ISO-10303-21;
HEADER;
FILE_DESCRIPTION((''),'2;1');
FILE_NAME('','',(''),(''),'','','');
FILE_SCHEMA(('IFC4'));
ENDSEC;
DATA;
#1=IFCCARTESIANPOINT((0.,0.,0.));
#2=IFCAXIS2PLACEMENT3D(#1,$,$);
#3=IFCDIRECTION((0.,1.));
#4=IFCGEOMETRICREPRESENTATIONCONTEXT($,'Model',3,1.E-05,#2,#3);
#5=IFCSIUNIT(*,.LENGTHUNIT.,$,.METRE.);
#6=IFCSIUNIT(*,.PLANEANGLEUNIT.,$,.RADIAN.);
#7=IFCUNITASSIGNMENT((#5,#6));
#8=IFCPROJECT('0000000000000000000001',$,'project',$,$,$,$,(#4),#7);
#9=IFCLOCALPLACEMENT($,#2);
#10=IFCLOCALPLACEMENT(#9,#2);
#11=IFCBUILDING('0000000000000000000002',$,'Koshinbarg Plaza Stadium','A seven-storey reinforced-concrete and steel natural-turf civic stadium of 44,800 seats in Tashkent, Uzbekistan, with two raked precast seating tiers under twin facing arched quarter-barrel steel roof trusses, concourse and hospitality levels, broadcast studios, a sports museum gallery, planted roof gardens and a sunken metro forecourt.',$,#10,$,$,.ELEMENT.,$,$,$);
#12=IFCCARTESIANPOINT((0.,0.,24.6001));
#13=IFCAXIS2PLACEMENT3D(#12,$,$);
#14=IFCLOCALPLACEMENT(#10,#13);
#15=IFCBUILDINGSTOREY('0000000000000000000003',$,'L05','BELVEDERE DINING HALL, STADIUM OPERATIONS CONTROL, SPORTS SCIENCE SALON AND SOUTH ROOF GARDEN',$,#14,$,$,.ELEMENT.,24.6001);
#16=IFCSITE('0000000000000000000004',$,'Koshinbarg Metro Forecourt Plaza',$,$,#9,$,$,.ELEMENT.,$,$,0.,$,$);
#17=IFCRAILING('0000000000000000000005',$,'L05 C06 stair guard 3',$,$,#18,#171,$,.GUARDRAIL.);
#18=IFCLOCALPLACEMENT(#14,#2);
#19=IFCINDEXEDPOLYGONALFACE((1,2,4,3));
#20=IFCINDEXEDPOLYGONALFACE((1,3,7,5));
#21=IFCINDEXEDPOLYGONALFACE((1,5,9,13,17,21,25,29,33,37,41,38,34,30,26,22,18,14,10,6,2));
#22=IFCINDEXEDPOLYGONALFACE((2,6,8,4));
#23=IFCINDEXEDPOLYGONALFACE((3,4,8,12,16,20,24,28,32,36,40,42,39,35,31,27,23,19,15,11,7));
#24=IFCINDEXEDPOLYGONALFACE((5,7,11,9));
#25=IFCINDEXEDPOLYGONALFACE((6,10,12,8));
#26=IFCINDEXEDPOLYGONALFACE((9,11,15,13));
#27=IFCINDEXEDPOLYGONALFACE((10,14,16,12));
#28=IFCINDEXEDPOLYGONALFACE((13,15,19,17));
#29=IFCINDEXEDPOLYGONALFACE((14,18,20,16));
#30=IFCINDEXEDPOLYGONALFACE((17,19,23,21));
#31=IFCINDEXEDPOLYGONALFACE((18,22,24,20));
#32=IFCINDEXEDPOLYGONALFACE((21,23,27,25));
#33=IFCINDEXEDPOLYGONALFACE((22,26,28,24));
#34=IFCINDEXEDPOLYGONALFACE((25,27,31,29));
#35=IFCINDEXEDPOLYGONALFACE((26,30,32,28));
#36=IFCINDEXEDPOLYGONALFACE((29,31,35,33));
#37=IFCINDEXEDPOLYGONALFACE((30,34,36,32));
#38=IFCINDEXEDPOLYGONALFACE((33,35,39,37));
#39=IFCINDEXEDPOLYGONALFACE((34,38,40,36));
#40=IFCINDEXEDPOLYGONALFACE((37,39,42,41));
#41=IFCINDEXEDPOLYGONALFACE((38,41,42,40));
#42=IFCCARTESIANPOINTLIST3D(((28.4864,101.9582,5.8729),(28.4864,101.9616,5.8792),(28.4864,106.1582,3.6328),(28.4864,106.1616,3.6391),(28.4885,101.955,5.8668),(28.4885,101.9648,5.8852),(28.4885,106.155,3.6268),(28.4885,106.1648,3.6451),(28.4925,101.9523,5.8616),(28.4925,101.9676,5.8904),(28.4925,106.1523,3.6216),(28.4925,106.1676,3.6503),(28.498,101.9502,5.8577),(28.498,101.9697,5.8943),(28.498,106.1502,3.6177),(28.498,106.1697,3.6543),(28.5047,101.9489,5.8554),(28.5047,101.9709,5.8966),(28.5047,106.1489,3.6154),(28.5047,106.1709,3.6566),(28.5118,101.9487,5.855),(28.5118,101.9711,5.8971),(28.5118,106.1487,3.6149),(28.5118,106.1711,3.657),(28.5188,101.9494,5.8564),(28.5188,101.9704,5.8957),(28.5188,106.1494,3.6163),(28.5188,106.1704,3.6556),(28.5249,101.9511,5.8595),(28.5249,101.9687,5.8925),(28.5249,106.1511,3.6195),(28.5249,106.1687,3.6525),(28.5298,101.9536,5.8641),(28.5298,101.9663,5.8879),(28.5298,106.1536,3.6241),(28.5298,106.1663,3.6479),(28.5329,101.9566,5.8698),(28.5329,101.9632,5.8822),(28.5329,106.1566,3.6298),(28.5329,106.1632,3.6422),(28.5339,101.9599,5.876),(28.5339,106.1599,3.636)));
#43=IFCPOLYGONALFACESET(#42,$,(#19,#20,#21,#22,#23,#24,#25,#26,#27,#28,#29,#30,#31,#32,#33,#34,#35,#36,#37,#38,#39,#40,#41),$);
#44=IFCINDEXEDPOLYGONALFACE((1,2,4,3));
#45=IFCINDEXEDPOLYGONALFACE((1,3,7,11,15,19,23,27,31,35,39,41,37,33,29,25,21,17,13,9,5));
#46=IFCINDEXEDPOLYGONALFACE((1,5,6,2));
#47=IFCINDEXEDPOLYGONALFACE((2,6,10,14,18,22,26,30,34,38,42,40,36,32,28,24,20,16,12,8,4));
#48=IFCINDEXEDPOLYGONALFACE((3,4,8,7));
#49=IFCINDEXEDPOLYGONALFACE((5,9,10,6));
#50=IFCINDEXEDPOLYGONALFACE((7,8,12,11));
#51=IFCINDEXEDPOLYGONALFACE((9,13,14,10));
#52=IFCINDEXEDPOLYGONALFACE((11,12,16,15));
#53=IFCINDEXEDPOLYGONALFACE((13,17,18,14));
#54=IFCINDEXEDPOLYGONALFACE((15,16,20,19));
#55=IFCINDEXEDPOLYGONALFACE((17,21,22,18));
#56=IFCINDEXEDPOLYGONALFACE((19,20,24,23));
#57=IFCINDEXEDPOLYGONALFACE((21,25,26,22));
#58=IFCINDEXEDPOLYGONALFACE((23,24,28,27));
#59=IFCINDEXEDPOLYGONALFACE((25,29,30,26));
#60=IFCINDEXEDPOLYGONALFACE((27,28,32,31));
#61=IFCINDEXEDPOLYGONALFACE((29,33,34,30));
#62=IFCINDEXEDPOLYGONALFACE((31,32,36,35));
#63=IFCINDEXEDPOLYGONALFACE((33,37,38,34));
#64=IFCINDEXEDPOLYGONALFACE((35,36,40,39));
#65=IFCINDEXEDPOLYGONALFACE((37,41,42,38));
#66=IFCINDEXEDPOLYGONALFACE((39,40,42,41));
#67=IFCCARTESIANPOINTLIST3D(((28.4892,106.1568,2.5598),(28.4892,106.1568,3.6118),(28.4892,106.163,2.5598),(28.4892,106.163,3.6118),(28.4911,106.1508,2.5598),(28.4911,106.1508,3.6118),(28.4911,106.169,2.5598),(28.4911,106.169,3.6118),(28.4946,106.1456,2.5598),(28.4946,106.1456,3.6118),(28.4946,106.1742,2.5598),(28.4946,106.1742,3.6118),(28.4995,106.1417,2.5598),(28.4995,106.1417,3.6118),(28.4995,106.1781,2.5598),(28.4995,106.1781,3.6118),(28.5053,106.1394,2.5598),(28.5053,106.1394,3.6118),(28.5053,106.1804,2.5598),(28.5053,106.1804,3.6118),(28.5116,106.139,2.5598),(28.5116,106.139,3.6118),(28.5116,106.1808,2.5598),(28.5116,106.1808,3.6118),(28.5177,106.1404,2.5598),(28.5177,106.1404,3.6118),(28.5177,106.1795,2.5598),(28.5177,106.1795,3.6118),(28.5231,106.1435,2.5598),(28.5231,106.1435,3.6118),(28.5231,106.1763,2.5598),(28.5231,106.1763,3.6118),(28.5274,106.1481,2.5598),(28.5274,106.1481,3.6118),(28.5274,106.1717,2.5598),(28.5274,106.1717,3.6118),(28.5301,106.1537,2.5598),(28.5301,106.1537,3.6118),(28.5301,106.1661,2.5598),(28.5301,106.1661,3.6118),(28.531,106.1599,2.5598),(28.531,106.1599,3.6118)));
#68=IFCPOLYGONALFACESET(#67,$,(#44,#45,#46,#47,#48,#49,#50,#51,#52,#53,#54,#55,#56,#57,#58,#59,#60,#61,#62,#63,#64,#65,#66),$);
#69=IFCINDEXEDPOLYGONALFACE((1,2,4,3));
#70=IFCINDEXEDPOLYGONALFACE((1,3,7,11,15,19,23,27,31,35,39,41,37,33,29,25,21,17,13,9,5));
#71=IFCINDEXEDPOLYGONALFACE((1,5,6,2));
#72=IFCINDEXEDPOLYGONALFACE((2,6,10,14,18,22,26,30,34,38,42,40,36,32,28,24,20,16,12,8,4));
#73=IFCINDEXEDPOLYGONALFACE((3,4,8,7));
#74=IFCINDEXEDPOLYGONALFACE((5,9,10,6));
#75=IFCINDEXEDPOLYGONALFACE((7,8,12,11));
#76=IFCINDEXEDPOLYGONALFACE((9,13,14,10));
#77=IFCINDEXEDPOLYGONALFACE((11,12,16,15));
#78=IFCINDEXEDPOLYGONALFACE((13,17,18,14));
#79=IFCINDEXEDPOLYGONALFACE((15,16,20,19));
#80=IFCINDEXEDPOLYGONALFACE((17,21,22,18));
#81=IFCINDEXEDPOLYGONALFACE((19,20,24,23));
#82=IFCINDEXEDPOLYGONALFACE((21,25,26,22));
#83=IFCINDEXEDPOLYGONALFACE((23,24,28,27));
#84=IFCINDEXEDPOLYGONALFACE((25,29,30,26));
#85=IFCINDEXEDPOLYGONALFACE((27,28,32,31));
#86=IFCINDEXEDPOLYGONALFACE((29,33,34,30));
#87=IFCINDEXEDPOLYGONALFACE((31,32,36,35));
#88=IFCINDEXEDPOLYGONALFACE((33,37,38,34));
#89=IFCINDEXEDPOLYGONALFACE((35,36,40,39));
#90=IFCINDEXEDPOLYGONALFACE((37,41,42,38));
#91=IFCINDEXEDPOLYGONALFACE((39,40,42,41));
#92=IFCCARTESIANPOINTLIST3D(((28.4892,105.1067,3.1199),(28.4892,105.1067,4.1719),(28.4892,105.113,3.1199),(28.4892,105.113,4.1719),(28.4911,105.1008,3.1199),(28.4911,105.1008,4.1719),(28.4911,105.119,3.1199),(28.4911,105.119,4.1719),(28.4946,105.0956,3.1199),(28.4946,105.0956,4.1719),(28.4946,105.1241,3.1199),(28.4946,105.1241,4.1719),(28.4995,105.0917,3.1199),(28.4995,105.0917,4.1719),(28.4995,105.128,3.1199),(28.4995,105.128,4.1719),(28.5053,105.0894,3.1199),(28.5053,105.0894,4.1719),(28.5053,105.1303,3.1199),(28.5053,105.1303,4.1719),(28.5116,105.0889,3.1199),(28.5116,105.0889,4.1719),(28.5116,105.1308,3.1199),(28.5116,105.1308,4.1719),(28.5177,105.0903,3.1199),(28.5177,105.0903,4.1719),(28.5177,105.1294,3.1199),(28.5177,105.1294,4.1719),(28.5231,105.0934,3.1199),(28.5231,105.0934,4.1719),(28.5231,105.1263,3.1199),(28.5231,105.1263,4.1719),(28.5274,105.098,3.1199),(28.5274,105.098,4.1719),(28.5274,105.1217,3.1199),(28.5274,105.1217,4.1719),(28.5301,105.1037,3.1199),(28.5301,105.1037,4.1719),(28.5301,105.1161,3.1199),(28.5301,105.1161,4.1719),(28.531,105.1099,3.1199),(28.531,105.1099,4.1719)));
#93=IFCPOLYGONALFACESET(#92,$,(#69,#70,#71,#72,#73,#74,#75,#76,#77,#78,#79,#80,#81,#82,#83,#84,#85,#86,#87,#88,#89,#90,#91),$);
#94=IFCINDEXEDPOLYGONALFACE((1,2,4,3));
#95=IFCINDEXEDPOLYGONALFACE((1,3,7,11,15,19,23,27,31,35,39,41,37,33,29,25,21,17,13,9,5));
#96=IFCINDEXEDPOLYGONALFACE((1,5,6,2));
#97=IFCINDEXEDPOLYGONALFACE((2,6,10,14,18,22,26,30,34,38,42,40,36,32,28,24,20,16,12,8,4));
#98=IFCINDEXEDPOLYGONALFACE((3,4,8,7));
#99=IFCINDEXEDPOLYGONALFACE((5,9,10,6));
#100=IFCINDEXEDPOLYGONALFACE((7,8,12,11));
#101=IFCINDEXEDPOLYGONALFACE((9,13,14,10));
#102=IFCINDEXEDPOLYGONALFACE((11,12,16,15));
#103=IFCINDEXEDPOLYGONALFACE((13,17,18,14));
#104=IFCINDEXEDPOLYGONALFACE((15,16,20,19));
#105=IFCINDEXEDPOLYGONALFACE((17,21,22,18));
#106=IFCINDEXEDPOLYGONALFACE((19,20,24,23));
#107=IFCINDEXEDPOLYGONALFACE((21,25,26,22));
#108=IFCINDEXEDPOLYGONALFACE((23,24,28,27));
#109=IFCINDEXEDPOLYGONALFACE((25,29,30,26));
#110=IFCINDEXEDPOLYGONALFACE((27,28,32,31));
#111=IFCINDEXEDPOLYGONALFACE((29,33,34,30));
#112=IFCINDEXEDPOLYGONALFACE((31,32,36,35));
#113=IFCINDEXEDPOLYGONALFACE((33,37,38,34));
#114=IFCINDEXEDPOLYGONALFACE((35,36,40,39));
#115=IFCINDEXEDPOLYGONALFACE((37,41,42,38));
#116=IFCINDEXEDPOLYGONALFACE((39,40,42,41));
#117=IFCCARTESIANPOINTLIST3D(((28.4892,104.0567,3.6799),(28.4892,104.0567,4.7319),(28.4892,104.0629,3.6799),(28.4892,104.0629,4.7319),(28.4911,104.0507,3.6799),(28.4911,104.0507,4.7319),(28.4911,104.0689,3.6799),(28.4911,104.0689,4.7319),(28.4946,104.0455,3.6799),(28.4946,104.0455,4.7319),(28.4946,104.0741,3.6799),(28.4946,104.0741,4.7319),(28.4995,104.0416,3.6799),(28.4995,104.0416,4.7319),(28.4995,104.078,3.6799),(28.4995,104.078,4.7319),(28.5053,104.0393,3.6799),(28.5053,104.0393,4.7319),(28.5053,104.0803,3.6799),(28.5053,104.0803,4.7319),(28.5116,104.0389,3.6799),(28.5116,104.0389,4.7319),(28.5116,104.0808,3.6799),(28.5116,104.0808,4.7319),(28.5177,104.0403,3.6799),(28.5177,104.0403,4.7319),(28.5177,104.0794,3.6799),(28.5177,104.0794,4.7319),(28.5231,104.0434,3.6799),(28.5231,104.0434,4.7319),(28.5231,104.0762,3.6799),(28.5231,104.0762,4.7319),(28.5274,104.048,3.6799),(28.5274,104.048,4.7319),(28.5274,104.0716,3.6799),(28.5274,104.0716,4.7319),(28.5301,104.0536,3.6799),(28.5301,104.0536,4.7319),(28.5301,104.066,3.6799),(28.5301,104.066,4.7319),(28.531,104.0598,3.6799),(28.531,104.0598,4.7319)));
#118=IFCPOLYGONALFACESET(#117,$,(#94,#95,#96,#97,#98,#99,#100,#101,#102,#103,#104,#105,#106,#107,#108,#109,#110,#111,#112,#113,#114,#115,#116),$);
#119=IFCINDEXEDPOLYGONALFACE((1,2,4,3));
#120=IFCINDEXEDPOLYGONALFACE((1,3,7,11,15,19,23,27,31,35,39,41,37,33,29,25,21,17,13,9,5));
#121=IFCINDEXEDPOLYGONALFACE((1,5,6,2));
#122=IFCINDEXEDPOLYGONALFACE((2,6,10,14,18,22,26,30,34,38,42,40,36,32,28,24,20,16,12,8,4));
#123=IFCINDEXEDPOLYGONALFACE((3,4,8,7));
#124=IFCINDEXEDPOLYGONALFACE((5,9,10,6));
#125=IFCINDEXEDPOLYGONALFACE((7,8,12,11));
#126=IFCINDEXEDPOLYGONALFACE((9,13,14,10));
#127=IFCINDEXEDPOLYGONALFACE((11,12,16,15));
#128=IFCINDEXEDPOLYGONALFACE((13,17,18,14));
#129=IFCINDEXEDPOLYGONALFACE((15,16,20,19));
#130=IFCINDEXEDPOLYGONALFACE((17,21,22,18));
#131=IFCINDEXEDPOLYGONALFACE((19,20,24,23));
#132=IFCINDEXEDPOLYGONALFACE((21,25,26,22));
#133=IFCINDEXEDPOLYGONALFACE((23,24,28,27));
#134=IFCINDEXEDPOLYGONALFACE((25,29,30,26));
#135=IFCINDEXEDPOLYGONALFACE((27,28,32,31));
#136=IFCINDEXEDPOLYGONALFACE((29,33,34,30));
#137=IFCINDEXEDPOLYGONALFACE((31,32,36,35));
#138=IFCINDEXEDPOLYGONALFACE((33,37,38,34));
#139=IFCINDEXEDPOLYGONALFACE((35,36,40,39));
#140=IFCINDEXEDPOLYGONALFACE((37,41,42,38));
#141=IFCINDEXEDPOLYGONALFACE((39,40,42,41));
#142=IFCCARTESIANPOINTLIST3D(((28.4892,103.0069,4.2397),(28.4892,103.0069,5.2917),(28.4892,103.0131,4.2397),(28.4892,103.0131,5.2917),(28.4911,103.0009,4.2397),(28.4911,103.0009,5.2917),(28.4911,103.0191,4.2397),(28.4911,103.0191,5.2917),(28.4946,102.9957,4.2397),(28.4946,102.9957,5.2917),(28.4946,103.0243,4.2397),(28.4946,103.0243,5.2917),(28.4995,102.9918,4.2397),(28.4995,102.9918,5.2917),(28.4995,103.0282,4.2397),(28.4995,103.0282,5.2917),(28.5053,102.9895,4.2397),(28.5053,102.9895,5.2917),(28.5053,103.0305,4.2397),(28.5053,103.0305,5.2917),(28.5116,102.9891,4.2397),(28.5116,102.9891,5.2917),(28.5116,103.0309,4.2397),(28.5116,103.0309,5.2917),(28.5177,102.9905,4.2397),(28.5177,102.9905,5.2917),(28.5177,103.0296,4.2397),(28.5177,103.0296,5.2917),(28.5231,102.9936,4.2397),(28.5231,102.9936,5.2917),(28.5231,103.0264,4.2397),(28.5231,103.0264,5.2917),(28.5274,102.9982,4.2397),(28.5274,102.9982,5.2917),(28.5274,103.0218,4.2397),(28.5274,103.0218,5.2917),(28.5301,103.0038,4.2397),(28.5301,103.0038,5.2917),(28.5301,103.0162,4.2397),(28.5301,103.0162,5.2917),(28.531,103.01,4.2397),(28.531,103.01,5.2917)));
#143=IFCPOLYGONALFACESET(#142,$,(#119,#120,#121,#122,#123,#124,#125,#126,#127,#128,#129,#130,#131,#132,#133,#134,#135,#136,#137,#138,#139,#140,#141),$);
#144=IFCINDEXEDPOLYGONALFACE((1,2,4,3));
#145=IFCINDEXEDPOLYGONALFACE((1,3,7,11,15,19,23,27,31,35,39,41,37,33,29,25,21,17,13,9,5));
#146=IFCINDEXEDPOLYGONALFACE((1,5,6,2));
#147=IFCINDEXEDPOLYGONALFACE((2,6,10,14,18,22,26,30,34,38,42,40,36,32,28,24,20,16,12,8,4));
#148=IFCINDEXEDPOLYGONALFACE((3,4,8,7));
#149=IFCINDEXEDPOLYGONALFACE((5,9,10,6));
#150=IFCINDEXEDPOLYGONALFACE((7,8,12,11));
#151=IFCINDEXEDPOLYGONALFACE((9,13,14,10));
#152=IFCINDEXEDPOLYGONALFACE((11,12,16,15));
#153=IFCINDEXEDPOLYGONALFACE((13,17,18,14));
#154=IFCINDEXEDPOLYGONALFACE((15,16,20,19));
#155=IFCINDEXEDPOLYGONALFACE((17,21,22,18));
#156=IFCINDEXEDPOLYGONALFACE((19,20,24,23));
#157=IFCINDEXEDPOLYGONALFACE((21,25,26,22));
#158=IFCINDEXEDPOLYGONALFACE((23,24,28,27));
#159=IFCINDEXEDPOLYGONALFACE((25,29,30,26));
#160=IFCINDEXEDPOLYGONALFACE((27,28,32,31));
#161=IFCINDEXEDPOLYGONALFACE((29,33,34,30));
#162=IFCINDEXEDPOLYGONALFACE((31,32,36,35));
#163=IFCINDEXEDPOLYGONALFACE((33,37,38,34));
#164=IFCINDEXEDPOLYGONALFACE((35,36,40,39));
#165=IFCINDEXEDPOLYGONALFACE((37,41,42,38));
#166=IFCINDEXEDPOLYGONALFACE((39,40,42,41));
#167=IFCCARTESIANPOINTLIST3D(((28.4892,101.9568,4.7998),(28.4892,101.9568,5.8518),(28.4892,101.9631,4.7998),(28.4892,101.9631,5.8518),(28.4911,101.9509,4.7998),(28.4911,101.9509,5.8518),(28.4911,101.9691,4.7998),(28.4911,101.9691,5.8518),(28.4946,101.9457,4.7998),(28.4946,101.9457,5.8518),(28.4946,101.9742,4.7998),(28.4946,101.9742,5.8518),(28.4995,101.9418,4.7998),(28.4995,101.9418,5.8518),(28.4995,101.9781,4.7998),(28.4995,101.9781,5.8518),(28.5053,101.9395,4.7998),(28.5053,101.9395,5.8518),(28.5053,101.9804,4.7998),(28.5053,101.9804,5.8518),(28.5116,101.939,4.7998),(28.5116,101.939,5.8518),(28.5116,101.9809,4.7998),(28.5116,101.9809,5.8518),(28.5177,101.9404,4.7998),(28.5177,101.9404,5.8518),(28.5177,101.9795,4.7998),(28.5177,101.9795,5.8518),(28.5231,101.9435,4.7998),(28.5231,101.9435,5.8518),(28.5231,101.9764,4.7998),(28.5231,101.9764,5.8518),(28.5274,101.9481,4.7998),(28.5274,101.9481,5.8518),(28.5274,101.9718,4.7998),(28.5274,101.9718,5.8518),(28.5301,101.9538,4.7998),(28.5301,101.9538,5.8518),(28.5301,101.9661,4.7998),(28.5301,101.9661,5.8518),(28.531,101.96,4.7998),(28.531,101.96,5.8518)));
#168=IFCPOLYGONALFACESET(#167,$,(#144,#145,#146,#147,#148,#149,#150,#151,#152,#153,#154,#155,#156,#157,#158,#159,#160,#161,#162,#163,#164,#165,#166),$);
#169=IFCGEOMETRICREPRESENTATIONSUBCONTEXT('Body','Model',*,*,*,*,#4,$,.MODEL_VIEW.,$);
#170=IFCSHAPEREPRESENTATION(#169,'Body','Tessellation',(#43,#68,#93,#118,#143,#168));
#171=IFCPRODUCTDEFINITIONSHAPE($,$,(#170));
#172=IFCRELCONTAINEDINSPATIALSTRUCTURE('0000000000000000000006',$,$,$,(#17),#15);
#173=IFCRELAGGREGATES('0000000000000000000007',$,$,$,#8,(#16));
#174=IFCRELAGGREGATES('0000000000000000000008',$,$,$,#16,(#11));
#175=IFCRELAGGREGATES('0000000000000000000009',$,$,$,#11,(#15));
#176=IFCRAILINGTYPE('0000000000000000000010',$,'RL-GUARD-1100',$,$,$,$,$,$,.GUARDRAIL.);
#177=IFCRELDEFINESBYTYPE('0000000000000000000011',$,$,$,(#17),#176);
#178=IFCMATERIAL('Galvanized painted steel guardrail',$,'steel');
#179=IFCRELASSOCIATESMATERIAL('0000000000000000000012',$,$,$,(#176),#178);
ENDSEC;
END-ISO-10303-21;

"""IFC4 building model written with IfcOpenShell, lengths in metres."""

from ifc_helpers import new_model, si_unit, direction, frame, origin, origin_2d, place, context, subcontext, project, spatial, circle, extrude, material, type_object, element, save


model = new_model("IFC4")

# Units and contexts
model_context = context("Model", 3, precision=1e-05, world=origin(), true_north=direction((0.0, 1.0)))
body_context = subcontext(model_context, "Body", "Model", "MODEL_VIEW")
ifc_project = project(units=[si_unit("LENGTHUNIT", "METRE"), si_unit("PLANEANGLEUNIT", "RADIAN")], contexts=[model_context])

# Site, building, storey
site_placement = place(None, origin())
site = spatial("IfcSite", under=ifc_project, at=site_placement, Name="Koshinbarg Metro Forecourt Plaza", CompositionType="ELEMENT", RefElevation=0.0)
building_placement = place(site_placement, origin())
building = spatial("IfcBuilding", under=site, at=building_placement, Name="Koshinbarg Plaza Stadium", Description="A seven-storey reinforced-concrete and steel natural-turf civic stadium of 44,800 seats in Tashkent, Uzbekistan, with two raked precast seating tiers under twin facing arched quarter-barrel steel roof trusses, concourse and hospitality levels, broadcast studios, a sports museum gallery, planted roof gardens and a sunken metro forecourt.", CompositionType="ELEMENT")
storey_placement = place(building_placement, frame((0.0, 0.0, 24.6001)))
storey = spatial("IfcBuildingStorey", under=building, at=storey_placement, Name="L05", Description="BELVEDERE DINING HALL, STADIUM OPERATIONS CONTROL, SPORTS SCIENCE SALON AND SOUTH ROOF GARDEN", CompositionType="ELEMENT", Elevation=24.6001)

# Railing
ifc_material_1 = material(Name="Galvanized painted steel guardrail", Category="steel")
railing_type_1 = type_object("IfcRailingType", Name="RL-GUARD-1100", PredefinedType="GUARDRAIL", material=ifc_material_1)
railing_1_placement = place(storey_placement, frame((28.51, 106.1599, 2.5598)))
element("IfcRailing", 1, at=railing_1_placement, inside=storey, type_object=railing_type_1, Name="L05 C06 stair guard 3", PredefinedType="GUARDRAIL", context=body_context, shape_type="SweptSolid", body=[
    extrude(circle(Radius=0.0239, at=origin_2d()), frame((0.0, 0.0, 1.0762), z_axis=(0.0, -0.882352, 0.470591), x_axis=(1.0, 0.0, 0.0)), (0.0, 0.0, 1.0), 4.76),
    extrude(circle(Radius=0.021, at=origin_2d()), origin(), (0.0, 0.0, 1.0), 1.052),
    extrude(circle(Radius=0.021, at=origin_2d()), frame((0.0, -1.05, 0.5601)), (0.0, 0.0, 1.0), 1.052),
    extrude(circle(Radius=0.021, at=origin_2d()), frame((0.0, -2.1001, 1.1201)), (0.0, 0.0, 1.0), 1.052),
    extrude(circle(Radius=0.021, at=origin_2d()), frame((0.0, -3.1499, 1.6799)), (0.0, 0.0, 1.0), 1.052),
    extrude(circle(Radius=0.021, at=origin_2d()), frame((0.0, -4.2, 2.24)), (0.0, 0.0, 1.0), 1.052),
])

save(model, "model.ifc")
